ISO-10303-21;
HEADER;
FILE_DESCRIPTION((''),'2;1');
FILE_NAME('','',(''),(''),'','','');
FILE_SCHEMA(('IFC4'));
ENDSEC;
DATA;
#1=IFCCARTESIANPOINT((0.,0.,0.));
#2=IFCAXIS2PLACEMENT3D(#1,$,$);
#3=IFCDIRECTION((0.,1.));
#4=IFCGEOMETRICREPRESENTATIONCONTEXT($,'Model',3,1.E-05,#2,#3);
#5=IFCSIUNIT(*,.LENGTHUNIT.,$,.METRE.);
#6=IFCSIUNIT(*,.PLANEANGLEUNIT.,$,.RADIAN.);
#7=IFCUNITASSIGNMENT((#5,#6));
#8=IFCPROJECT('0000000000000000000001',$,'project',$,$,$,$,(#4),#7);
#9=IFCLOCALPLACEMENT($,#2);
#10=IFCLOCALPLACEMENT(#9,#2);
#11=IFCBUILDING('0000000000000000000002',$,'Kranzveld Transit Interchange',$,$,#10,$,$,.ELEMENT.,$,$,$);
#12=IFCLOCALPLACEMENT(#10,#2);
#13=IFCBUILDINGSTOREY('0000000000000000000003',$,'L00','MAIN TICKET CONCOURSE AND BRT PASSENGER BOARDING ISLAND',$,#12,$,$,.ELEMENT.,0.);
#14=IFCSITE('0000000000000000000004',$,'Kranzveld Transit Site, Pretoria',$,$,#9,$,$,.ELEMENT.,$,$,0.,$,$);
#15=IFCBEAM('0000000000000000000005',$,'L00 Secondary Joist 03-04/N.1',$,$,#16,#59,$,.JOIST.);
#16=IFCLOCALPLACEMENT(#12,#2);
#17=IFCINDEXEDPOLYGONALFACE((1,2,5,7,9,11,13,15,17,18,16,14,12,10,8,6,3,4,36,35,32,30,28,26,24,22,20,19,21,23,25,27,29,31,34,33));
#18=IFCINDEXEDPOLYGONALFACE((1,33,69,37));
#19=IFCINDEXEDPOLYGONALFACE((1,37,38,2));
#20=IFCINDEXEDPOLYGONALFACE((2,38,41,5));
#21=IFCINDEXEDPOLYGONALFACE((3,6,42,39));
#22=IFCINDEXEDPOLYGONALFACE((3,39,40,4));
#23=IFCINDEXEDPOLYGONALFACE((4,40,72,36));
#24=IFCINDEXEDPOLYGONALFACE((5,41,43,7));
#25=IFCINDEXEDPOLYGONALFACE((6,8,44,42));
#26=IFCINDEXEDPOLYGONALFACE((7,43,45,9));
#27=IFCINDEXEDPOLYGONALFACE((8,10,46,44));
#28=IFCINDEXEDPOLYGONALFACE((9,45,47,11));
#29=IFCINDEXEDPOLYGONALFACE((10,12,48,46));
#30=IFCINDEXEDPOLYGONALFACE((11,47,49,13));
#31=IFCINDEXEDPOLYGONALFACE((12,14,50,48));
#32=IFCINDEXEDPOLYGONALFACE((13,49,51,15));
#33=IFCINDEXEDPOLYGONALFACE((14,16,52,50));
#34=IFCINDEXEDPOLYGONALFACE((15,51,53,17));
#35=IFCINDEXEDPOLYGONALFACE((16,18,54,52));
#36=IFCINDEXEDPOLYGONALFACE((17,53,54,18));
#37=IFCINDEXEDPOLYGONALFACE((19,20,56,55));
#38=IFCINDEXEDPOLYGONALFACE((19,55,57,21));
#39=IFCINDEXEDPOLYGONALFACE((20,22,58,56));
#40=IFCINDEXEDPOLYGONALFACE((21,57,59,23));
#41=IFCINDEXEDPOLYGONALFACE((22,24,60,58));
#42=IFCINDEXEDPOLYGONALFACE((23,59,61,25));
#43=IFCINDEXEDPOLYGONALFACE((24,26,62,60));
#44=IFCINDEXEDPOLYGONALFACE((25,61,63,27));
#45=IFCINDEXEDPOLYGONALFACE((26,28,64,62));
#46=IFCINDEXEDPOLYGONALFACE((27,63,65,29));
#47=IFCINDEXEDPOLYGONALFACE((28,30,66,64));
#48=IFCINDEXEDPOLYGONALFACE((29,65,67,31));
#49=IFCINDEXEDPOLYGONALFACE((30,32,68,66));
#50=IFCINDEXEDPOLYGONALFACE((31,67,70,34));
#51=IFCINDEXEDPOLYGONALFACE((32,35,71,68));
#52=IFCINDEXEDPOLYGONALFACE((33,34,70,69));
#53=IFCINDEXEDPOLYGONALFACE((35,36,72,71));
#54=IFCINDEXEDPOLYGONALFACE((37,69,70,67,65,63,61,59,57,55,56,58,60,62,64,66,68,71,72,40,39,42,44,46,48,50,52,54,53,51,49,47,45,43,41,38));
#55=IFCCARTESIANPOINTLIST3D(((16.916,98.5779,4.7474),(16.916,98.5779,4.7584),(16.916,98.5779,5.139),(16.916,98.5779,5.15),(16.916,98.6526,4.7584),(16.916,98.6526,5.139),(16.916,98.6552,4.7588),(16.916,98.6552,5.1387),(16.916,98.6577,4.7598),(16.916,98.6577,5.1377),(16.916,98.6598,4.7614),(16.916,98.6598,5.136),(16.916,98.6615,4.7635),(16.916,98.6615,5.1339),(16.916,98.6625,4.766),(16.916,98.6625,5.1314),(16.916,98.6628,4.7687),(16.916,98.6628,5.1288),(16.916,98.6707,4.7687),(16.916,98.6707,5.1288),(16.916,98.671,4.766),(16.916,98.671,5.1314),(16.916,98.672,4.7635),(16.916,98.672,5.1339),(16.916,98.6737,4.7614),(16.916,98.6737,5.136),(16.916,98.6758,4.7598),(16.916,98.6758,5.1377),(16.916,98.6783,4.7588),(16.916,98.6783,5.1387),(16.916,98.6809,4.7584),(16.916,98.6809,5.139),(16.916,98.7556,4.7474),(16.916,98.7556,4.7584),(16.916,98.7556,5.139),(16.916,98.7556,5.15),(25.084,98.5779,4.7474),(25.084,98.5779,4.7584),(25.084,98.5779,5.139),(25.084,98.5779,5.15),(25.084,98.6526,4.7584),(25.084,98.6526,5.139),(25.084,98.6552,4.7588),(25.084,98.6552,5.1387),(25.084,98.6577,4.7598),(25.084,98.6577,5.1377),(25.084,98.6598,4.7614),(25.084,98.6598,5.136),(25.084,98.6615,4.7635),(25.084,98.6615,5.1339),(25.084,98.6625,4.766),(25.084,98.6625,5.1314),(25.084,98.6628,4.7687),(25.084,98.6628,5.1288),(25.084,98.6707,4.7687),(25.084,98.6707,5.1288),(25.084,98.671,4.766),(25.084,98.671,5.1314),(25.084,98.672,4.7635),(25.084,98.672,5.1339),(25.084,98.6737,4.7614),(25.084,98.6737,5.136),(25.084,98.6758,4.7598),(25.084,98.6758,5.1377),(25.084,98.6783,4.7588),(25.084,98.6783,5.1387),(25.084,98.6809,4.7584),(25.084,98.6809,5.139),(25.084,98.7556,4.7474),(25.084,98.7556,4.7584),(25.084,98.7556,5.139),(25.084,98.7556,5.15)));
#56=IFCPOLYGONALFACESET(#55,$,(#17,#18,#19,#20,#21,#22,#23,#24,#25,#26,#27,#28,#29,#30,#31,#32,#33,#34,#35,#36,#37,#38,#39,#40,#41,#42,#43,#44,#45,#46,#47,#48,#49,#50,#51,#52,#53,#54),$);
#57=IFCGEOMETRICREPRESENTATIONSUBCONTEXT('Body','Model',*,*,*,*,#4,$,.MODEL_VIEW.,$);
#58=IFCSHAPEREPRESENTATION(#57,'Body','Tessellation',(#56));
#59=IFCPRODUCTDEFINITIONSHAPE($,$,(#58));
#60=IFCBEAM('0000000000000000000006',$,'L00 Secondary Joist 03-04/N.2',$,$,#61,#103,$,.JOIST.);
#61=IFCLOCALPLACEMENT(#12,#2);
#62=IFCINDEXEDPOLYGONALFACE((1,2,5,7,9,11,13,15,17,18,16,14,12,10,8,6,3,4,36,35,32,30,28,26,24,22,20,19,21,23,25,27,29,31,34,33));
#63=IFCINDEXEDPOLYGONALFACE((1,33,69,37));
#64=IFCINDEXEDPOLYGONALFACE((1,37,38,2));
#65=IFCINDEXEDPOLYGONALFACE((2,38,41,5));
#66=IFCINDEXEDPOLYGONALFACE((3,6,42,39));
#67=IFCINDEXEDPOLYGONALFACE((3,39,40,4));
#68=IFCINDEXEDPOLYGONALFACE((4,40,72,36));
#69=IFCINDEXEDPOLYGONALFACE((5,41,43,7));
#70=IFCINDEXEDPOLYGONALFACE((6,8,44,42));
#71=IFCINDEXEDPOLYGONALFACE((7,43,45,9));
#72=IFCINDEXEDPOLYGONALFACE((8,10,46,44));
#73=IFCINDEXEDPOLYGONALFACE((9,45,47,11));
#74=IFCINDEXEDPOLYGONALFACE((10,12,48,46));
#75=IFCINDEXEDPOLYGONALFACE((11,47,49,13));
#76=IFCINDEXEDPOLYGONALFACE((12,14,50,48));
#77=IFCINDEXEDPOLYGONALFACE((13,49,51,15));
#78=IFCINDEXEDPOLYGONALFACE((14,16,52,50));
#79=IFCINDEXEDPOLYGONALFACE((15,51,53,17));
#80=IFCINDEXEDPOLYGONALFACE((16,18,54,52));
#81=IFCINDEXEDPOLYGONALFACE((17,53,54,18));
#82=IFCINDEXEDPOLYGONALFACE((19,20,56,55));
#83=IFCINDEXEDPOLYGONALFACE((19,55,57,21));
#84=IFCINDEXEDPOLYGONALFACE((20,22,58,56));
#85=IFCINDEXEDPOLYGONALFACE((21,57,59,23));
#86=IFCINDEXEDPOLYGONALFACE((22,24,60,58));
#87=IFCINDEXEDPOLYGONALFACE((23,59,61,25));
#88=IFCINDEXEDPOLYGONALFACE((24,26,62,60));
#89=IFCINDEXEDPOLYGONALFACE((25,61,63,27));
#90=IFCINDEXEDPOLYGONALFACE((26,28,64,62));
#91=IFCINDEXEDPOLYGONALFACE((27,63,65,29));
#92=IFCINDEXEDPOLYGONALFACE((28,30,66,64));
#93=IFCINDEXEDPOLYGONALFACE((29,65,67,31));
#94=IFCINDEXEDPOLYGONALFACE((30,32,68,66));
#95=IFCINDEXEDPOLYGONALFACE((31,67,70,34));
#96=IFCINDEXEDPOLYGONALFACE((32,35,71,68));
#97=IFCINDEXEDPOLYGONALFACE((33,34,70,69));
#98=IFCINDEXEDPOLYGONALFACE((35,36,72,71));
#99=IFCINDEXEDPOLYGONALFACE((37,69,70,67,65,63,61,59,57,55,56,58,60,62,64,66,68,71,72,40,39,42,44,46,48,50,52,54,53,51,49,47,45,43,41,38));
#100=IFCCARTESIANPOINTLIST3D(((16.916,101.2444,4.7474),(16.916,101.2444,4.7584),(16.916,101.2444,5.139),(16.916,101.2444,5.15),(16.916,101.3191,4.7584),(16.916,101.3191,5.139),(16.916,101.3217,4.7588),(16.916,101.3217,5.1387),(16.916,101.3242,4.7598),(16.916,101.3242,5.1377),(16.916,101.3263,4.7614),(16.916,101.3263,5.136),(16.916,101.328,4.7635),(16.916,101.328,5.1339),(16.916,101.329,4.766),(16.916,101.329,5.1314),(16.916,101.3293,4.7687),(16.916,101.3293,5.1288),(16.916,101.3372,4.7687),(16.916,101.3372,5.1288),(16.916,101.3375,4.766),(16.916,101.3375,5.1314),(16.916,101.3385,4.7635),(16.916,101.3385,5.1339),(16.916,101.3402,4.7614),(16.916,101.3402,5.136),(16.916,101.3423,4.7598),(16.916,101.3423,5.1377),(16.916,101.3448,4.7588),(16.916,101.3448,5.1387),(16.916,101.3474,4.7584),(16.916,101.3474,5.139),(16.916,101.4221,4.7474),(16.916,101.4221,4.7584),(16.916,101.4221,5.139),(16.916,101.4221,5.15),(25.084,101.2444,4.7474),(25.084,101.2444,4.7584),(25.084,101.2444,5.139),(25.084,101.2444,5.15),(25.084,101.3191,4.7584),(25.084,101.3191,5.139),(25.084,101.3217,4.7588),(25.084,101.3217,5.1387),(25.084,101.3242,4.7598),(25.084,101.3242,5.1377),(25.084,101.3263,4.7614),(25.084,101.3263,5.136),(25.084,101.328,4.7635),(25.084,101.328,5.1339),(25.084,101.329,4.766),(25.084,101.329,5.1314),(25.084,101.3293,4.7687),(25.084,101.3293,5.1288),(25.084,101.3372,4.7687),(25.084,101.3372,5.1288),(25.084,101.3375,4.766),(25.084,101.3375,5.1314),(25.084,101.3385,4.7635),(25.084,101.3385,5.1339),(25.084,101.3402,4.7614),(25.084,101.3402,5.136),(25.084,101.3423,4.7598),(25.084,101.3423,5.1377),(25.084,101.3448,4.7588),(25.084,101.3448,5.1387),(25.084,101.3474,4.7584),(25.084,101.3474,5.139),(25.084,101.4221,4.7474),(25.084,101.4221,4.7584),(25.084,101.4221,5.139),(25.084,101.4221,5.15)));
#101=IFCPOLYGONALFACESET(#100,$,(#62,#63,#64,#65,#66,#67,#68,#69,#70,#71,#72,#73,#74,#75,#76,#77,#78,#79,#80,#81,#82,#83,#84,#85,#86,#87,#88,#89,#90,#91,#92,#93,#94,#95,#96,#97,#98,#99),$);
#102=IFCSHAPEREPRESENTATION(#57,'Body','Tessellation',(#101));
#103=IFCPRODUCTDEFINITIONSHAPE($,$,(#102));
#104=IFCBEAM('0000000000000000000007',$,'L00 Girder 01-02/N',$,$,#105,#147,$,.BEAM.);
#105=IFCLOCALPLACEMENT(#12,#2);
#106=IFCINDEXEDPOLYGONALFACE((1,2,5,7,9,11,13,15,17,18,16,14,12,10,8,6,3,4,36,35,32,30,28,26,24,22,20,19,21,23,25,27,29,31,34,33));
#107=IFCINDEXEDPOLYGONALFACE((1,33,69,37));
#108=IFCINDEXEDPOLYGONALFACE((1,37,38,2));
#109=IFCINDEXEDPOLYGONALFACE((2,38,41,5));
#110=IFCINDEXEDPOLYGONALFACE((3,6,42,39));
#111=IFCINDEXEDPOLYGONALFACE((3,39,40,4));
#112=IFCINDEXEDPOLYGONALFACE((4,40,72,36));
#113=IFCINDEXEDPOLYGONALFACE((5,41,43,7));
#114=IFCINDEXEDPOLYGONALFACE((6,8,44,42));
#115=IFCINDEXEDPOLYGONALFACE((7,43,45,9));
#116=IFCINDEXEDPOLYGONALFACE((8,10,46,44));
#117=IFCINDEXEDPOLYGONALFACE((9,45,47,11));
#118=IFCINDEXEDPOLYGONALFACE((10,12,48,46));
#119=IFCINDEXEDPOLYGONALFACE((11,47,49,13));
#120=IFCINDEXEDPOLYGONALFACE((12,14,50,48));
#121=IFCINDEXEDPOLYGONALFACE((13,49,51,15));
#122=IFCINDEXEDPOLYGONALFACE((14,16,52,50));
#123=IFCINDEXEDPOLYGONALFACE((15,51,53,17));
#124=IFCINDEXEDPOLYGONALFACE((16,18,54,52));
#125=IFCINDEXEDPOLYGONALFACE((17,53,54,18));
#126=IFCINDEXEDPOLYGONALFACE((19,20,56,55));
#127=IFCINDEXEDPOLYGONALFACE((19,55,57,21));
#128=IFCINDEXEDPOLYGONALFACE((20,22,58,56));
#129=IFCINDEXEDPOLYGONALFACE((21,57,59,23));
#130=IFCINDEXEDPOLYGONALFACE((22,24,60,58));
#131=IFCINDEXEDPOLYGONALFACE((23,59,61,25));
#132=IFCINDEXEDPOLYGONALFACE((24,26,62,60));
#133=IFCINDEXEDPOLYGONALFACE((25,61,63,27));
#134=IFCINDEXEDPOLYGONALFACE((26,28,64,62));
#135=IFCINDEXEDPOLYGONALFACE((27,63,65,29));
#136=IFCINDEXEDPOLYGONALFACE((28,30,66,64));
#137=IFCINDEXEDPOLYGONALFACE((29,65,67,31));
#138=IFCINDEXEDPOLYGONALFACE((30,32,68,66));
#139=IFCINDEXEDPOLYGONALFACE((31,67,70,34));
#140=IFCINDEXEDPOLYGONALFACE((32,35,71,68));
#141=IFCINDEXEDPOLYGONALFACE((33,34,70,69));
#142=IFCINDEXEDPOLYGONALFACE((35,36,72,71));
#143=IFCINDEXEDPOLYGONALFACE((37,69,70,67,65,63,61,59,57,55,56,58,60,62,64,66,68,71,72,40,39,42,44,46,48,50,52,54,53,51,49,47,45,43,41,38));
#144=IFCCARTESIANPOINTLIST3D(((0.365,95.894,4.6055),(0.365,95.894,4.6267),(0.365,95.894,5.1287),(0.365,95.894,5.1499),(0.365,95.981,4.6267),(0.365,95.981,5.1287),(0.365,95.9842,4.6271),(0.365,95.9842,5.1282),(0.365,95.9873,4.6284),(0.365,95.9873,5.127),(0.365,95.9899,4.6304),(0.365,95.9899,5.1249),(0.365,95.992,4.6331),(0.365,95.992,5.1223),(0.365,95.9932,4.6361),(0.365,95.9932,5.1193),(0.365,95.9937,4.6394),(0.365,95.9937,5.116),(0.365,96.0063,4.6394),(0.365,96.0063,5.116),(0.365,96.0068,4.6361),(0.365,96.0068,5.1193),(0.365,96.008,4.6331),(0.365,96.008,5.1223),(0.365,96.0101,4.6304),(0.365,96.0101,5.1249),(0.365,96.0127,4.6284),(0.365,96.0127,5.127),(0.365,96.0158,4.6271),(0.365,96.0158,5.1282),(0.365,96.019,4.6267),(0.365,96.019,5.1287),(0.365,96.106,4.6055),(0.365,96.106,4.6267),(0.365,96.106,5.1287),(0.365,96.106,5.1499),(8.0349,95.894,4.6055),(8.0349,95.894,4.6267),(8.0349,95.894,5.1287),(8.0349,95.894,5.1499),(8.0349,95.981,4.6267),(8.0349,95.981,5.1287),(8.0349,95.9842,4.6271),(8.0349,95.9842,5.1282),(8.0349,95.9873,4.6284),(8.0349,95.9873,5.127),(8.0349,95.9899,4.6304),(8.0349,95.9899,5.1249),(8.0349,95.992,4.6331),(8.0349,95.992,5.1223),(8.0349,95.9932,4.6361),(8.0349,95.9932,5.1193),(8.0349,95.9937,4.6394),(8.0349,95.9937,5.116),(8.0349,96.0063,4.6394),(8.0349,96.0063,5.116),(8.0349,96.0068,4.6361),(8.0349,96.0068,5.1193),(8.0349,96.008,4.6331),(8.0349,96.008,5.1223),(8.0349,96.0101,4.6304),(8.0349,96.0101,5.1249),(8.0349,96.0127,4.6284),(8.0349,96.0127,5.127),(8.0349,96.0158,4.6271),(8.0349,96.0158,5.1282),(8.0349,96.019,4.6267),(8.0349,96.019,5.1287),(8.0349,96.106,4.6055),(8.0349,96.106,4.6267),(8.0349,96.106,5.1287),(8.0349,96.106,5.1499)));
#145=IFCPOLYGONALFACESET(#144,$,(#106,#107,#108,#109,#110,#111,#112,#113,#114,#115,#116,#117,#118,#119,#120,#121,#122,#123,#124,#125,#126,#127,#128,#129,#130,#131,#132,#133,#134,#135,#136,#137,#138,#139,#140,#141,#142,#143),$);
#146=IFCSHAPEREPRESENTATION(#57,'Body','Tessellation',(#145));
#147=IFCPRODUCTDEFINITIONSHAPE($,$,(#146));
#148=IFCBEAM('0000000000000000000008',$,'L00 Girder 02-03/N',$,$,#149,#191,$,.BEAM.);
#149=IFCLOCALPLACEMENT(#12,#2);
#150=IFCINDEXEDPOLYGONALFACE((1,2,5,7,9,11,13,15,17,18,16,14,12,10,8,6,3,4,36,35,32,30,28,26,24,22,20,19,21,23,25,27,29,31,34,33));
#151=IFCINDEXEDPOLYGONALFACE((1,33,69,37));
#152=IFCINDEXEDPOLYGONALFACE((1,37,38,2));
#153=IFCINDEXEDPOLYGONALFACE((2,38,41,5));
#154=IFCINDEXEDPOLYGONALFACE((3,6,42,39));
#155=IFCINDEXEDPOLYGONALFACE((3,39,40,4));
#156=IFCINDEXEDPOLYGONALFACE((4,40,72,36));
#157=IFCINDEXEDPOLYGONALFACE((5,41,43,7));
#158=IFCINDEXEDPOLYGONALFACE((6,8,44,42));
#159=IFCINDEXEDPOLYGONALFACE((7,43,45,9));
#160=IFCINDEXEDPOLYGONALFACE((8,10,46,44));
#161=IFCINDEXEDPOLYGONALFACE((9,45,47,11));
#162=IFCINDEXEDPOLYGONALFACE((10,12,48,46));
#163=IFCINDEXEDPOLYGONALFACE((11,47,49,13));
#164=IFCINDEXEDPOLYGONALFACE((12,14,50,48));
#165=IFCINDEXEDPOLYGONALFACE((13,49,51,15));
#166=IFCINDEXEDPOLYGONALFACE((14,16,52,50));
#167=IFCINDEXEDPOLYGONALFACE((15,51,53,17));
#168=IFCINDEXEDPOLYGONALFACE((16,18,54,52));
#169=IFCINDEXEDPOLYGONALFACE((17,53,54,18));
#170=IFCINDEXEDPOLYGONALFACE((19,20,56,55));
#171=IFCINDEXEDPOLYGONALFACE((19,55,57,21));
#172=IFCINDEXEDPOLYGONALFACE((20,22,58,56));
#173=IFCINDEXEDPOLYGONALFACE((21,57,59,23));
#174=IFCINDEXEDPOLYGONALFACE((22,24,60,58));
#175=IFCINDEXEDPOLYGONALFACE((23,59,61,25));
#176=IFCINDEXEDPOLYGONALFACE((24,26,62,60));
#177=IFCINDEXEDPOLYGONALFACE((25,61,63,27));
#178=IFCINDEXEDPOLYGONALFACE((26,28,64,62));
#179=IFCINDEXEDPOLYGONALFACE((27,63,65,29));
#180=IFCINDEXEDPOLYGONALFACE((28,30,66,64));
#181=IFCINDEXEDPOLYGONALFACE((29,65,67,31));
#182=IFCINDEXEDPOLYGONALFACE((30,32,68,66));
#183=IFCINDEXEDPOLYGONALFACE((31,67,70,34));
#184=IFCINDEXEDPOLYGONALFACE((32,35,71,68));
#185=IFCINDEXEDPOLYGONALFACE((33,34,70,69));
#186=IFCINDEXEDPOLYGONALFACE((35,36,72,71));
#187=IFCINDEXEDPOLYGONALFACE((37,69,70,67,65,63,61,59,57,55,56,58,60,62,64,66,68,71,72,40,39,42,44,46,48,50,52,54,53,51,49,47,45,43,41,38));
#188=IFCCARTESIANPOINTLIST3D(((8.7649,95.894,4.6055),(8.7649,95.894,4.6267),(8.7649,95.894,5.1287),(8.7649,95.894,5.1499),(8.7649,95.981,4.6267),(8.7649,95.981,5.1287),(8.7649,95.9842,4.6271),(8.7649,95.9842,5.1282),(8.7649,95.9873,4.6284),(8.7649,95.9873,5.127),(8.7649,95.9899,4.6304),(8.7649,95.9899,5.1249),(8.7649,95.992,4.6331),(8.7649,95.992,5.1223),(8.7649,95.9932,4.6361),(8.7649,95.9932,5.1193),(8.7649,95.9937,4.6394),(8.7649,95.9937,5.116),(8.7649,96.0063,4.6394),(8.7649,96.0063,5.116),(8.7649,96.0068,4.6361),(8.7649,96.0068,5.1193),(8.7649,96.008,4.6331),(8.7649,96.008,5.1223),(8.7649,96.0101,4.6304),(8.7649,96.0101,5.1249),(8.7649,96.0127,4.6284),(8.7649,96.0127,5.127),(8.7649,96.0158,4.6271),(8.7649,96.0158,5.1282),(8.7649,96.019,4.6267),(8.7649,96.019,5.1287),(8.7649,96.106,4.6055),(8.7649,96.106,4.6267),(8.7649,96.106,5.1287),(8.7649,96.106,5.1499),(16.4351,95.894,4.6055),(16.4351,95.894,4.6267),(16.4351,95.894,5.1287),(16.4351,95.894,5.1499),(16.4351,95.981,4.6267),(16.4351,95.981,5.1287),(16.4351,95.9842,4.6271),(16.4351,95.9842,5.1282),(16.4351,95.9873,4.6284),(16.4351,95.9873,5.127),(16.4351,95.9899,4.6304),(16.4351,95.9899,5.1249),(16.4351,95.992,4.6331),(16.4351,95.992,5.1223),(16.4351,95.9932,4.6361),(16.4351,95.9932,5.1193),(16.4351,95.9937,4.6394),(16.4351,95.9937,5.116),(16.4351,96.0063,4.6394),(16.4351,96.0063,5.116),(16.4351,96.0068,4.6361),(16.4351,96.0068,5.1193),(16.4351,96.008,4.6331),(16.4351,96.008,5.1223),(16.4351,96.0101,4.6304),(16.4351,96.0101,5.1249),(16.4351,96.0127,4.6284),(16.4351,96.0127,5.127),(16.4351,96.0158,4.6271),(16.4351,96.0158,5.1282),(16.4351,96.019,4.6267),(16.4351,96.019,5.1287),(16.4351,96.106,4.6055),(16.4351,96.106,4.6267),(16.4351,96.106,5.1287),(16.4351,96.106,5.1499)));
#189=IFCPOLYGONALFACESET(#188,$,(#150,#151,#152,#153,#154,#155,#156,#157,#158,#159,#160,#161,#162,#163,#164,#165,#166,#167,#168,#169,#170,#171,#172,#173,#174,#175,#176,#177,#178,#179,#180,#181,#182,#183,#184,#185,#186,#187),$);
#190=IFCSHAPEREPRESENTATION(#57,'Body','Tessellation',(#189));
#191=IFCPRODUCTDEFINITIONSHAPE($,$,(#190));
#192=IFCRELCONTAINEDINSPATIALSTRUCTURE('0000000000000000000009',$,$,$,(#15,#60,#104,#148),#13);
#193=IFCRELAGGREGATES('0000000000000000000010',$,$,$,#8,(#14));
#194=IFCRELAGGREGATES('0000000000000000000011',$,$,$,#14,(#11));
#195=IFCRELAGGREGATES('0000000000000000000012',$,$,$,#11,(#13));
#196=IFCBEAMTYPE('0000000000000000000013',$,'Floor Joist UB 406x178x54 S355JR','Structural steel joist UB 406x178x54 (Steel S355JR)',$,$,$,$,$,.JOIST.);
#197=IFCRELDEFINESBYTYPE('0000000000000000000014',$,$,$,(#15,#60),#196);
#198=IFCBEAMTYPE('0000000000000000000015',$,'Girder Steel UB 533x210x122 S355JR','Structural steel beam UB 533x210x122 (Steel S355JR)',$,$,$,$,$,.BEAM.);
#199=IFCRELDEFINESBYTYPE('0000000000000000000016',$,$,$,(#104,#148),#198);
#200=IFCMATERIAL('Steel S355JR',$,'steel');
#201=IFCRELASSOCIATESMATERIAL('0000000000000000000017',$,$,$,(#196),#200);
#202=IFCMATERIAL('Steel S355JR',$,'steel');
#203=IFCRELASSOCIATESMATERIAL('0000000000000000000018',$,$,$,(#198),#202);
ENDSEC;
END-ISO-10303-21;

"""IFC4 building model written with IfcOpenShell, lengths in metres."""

from ifc_helpers import new_model, si_unit, direction, frame, origin, origin_2d, place, context, subcontext, project, spatial, i_section, extrude, material, material_profile, profile_set, type_object, element, save


model = new_model("IFC4")

# Units and contexts
model_context = context("Model", 3, precision=1e-05, world=origin(), true_north=direction((0.0, 1.0)))
body_context = subcontext(model_context, "Body", "Model", "MODEL_VIEW")
ifc_project = project(units=[si_unit("LENGTHUNIT", "METRE"), si_unit("PLANEANGLEUNIT", "RADIAN")], contexts=[model_context])

# Site, building, storey
site_placement = place(None, origin())
site = spatial("IfcSite", under=ifc_project, at=site_placement, Name="Kranzveld Transit Site, Pretoria", CompositionType="ELEMENT", RefElevation=0.0)
building_placement = place(site_placement, origin())
building = spatial("IfcBuilding", under=site, at=building_placement, Name="Kranzveld Transit Interchange", CompositionType="ELEMENT")
storey_placement = place(building_placement, origin())
storey = spatial("IfcBuildingStorey", under=building, at=storey_placement, Name="L00", Description="MAIN TICKET CONCOURSE AND BRT PASSENGER BOARDING ISLAND", CompositionType="ELEMENT", Elevation=0.0)

# Beams
ifc_material_1 = material(Name="Steel S355JR", Category="steel")
ifc_material_profile_1 = material_profile(ifc_material_1, i_section(OverallWidth=0.1777, OverallDepth=0.4026, WebThickness=0.0078, FlangeThickness=0.011, FilletRadius=0.0103, at=origin_2d()), Name="UB 406x178x54")
ifc_profile_set_1 = profile_set([ifc_material_profile_1], Name="Steel S355JR")
beam_type_1 = type_object("IfcBeamType", Name="Floor Joist UB 406x178x54 S355JR", Description="Structural steel joist UB 406x178x54 (Steel S355JR)", PredefinedType="JOIST", material=ifc_profile_set_1)
for number, where, z_axis, x_axis, name in (
    (1, (16.916, 98.6667, 4.9487), (1.0, 0.0, 0.0), (0.0, 1.0, 0.0), "L00 Secondary Joist 03-04/N.1"),
    (2, (16.916, 101.3333, 4.9487), (1.0, 0.0, 0.0), (0.0, 1.0, 0.0), "L00 Secondary Joist 03-04/N.2"),
):
    element("IfcBeam", number, at=place(storey_placement, frame(where, z_axis=z_axis, x_axis=x_axis)), inside=storey, type_object=beam_type_1, Name=name, PredefinedType="JOIST", context=body_context, shape_type="SweptSolid", body=[
        extrude(i_section(OverallWidth=0.1777, OverallDepth=0.4026, WebThickness=0.0078, FlangeThickness=0.011, FilletRadius=0.0103, at=origin_2d()), origin(), (0.0, 0.0, 1.0), 8.168),
    ])
ifc_material_2 = material(Name="Steel S355JR", Category="steel")
ifc_material_profile_2 = material_profile(ifc_material_2, i_section(OverallWidth=0.2119, OverallDepth=0.5444, WebThickness=0.0127, FlangeThickness=0.0212, FilletRadius=0.0127, at=origin_2d()), Name="UB 533x210x122")
ifc_profile_set_2 = profile_set([ifc_material_profile_2], Name="Steel S355JR")
beam_type_2 = type_object("IfcBeamType", Name="Girder Steel UB 533x210x122 S355JR", Description="Structural steel beam UB 533x210x122 (Steel S355JR)", PredefinedType="BEAM", material=ifc_profile_set_2)
beam_1_placement = place(storey_placement, frame((0.365, 96.0, 4.8777), z_axis=(1.0, 0.0, 0.0), x_axis=(0.0, 1.0, 0.0)))
element("IfcBeam", 3, at=beam_1_placement, inside=storey, type_object=beam_type_2, Name="L00 Girder 01-02/N", PredefinedType="BEAM", context=body_context, shape_type="SweptSolid", body=[
    extrude(i_section(OverallWidth=0.2119, OverallDepth=0.5444, WebThickness=0.0127, FlangeThickness=0.0212, FilletRadius=0.0127, at=origin_2d()), origin(), (0.0, 0.0, 1.0), 7.6699),
])
beam_2_placement = place(storey_placement, frame((8.7649, 96.0, 4.8777), z_axis=(1.0, 0.0, 0.0), x_axis=(0.0, 1.0, 0.0)))
element("IfcBeam", 4, at=beam_2_placement, inside=storey, type_object=beam_type_2, Name="L00 Girder 02-03/N", PredefinedType="BEAM", context=body_context, shape_type="SweptSolid", body=[
    extrude(i_section(OverallWidth=0.2119, OverallDepth=0.5444, WebThickness=0.0127, FlangeThickness=0.0212, FilletRadius=0.0127, at=origin_2d()), origin(), (0.0, 0.0, 1.0), 7.6702),
])

save(model, "model.ifc")
